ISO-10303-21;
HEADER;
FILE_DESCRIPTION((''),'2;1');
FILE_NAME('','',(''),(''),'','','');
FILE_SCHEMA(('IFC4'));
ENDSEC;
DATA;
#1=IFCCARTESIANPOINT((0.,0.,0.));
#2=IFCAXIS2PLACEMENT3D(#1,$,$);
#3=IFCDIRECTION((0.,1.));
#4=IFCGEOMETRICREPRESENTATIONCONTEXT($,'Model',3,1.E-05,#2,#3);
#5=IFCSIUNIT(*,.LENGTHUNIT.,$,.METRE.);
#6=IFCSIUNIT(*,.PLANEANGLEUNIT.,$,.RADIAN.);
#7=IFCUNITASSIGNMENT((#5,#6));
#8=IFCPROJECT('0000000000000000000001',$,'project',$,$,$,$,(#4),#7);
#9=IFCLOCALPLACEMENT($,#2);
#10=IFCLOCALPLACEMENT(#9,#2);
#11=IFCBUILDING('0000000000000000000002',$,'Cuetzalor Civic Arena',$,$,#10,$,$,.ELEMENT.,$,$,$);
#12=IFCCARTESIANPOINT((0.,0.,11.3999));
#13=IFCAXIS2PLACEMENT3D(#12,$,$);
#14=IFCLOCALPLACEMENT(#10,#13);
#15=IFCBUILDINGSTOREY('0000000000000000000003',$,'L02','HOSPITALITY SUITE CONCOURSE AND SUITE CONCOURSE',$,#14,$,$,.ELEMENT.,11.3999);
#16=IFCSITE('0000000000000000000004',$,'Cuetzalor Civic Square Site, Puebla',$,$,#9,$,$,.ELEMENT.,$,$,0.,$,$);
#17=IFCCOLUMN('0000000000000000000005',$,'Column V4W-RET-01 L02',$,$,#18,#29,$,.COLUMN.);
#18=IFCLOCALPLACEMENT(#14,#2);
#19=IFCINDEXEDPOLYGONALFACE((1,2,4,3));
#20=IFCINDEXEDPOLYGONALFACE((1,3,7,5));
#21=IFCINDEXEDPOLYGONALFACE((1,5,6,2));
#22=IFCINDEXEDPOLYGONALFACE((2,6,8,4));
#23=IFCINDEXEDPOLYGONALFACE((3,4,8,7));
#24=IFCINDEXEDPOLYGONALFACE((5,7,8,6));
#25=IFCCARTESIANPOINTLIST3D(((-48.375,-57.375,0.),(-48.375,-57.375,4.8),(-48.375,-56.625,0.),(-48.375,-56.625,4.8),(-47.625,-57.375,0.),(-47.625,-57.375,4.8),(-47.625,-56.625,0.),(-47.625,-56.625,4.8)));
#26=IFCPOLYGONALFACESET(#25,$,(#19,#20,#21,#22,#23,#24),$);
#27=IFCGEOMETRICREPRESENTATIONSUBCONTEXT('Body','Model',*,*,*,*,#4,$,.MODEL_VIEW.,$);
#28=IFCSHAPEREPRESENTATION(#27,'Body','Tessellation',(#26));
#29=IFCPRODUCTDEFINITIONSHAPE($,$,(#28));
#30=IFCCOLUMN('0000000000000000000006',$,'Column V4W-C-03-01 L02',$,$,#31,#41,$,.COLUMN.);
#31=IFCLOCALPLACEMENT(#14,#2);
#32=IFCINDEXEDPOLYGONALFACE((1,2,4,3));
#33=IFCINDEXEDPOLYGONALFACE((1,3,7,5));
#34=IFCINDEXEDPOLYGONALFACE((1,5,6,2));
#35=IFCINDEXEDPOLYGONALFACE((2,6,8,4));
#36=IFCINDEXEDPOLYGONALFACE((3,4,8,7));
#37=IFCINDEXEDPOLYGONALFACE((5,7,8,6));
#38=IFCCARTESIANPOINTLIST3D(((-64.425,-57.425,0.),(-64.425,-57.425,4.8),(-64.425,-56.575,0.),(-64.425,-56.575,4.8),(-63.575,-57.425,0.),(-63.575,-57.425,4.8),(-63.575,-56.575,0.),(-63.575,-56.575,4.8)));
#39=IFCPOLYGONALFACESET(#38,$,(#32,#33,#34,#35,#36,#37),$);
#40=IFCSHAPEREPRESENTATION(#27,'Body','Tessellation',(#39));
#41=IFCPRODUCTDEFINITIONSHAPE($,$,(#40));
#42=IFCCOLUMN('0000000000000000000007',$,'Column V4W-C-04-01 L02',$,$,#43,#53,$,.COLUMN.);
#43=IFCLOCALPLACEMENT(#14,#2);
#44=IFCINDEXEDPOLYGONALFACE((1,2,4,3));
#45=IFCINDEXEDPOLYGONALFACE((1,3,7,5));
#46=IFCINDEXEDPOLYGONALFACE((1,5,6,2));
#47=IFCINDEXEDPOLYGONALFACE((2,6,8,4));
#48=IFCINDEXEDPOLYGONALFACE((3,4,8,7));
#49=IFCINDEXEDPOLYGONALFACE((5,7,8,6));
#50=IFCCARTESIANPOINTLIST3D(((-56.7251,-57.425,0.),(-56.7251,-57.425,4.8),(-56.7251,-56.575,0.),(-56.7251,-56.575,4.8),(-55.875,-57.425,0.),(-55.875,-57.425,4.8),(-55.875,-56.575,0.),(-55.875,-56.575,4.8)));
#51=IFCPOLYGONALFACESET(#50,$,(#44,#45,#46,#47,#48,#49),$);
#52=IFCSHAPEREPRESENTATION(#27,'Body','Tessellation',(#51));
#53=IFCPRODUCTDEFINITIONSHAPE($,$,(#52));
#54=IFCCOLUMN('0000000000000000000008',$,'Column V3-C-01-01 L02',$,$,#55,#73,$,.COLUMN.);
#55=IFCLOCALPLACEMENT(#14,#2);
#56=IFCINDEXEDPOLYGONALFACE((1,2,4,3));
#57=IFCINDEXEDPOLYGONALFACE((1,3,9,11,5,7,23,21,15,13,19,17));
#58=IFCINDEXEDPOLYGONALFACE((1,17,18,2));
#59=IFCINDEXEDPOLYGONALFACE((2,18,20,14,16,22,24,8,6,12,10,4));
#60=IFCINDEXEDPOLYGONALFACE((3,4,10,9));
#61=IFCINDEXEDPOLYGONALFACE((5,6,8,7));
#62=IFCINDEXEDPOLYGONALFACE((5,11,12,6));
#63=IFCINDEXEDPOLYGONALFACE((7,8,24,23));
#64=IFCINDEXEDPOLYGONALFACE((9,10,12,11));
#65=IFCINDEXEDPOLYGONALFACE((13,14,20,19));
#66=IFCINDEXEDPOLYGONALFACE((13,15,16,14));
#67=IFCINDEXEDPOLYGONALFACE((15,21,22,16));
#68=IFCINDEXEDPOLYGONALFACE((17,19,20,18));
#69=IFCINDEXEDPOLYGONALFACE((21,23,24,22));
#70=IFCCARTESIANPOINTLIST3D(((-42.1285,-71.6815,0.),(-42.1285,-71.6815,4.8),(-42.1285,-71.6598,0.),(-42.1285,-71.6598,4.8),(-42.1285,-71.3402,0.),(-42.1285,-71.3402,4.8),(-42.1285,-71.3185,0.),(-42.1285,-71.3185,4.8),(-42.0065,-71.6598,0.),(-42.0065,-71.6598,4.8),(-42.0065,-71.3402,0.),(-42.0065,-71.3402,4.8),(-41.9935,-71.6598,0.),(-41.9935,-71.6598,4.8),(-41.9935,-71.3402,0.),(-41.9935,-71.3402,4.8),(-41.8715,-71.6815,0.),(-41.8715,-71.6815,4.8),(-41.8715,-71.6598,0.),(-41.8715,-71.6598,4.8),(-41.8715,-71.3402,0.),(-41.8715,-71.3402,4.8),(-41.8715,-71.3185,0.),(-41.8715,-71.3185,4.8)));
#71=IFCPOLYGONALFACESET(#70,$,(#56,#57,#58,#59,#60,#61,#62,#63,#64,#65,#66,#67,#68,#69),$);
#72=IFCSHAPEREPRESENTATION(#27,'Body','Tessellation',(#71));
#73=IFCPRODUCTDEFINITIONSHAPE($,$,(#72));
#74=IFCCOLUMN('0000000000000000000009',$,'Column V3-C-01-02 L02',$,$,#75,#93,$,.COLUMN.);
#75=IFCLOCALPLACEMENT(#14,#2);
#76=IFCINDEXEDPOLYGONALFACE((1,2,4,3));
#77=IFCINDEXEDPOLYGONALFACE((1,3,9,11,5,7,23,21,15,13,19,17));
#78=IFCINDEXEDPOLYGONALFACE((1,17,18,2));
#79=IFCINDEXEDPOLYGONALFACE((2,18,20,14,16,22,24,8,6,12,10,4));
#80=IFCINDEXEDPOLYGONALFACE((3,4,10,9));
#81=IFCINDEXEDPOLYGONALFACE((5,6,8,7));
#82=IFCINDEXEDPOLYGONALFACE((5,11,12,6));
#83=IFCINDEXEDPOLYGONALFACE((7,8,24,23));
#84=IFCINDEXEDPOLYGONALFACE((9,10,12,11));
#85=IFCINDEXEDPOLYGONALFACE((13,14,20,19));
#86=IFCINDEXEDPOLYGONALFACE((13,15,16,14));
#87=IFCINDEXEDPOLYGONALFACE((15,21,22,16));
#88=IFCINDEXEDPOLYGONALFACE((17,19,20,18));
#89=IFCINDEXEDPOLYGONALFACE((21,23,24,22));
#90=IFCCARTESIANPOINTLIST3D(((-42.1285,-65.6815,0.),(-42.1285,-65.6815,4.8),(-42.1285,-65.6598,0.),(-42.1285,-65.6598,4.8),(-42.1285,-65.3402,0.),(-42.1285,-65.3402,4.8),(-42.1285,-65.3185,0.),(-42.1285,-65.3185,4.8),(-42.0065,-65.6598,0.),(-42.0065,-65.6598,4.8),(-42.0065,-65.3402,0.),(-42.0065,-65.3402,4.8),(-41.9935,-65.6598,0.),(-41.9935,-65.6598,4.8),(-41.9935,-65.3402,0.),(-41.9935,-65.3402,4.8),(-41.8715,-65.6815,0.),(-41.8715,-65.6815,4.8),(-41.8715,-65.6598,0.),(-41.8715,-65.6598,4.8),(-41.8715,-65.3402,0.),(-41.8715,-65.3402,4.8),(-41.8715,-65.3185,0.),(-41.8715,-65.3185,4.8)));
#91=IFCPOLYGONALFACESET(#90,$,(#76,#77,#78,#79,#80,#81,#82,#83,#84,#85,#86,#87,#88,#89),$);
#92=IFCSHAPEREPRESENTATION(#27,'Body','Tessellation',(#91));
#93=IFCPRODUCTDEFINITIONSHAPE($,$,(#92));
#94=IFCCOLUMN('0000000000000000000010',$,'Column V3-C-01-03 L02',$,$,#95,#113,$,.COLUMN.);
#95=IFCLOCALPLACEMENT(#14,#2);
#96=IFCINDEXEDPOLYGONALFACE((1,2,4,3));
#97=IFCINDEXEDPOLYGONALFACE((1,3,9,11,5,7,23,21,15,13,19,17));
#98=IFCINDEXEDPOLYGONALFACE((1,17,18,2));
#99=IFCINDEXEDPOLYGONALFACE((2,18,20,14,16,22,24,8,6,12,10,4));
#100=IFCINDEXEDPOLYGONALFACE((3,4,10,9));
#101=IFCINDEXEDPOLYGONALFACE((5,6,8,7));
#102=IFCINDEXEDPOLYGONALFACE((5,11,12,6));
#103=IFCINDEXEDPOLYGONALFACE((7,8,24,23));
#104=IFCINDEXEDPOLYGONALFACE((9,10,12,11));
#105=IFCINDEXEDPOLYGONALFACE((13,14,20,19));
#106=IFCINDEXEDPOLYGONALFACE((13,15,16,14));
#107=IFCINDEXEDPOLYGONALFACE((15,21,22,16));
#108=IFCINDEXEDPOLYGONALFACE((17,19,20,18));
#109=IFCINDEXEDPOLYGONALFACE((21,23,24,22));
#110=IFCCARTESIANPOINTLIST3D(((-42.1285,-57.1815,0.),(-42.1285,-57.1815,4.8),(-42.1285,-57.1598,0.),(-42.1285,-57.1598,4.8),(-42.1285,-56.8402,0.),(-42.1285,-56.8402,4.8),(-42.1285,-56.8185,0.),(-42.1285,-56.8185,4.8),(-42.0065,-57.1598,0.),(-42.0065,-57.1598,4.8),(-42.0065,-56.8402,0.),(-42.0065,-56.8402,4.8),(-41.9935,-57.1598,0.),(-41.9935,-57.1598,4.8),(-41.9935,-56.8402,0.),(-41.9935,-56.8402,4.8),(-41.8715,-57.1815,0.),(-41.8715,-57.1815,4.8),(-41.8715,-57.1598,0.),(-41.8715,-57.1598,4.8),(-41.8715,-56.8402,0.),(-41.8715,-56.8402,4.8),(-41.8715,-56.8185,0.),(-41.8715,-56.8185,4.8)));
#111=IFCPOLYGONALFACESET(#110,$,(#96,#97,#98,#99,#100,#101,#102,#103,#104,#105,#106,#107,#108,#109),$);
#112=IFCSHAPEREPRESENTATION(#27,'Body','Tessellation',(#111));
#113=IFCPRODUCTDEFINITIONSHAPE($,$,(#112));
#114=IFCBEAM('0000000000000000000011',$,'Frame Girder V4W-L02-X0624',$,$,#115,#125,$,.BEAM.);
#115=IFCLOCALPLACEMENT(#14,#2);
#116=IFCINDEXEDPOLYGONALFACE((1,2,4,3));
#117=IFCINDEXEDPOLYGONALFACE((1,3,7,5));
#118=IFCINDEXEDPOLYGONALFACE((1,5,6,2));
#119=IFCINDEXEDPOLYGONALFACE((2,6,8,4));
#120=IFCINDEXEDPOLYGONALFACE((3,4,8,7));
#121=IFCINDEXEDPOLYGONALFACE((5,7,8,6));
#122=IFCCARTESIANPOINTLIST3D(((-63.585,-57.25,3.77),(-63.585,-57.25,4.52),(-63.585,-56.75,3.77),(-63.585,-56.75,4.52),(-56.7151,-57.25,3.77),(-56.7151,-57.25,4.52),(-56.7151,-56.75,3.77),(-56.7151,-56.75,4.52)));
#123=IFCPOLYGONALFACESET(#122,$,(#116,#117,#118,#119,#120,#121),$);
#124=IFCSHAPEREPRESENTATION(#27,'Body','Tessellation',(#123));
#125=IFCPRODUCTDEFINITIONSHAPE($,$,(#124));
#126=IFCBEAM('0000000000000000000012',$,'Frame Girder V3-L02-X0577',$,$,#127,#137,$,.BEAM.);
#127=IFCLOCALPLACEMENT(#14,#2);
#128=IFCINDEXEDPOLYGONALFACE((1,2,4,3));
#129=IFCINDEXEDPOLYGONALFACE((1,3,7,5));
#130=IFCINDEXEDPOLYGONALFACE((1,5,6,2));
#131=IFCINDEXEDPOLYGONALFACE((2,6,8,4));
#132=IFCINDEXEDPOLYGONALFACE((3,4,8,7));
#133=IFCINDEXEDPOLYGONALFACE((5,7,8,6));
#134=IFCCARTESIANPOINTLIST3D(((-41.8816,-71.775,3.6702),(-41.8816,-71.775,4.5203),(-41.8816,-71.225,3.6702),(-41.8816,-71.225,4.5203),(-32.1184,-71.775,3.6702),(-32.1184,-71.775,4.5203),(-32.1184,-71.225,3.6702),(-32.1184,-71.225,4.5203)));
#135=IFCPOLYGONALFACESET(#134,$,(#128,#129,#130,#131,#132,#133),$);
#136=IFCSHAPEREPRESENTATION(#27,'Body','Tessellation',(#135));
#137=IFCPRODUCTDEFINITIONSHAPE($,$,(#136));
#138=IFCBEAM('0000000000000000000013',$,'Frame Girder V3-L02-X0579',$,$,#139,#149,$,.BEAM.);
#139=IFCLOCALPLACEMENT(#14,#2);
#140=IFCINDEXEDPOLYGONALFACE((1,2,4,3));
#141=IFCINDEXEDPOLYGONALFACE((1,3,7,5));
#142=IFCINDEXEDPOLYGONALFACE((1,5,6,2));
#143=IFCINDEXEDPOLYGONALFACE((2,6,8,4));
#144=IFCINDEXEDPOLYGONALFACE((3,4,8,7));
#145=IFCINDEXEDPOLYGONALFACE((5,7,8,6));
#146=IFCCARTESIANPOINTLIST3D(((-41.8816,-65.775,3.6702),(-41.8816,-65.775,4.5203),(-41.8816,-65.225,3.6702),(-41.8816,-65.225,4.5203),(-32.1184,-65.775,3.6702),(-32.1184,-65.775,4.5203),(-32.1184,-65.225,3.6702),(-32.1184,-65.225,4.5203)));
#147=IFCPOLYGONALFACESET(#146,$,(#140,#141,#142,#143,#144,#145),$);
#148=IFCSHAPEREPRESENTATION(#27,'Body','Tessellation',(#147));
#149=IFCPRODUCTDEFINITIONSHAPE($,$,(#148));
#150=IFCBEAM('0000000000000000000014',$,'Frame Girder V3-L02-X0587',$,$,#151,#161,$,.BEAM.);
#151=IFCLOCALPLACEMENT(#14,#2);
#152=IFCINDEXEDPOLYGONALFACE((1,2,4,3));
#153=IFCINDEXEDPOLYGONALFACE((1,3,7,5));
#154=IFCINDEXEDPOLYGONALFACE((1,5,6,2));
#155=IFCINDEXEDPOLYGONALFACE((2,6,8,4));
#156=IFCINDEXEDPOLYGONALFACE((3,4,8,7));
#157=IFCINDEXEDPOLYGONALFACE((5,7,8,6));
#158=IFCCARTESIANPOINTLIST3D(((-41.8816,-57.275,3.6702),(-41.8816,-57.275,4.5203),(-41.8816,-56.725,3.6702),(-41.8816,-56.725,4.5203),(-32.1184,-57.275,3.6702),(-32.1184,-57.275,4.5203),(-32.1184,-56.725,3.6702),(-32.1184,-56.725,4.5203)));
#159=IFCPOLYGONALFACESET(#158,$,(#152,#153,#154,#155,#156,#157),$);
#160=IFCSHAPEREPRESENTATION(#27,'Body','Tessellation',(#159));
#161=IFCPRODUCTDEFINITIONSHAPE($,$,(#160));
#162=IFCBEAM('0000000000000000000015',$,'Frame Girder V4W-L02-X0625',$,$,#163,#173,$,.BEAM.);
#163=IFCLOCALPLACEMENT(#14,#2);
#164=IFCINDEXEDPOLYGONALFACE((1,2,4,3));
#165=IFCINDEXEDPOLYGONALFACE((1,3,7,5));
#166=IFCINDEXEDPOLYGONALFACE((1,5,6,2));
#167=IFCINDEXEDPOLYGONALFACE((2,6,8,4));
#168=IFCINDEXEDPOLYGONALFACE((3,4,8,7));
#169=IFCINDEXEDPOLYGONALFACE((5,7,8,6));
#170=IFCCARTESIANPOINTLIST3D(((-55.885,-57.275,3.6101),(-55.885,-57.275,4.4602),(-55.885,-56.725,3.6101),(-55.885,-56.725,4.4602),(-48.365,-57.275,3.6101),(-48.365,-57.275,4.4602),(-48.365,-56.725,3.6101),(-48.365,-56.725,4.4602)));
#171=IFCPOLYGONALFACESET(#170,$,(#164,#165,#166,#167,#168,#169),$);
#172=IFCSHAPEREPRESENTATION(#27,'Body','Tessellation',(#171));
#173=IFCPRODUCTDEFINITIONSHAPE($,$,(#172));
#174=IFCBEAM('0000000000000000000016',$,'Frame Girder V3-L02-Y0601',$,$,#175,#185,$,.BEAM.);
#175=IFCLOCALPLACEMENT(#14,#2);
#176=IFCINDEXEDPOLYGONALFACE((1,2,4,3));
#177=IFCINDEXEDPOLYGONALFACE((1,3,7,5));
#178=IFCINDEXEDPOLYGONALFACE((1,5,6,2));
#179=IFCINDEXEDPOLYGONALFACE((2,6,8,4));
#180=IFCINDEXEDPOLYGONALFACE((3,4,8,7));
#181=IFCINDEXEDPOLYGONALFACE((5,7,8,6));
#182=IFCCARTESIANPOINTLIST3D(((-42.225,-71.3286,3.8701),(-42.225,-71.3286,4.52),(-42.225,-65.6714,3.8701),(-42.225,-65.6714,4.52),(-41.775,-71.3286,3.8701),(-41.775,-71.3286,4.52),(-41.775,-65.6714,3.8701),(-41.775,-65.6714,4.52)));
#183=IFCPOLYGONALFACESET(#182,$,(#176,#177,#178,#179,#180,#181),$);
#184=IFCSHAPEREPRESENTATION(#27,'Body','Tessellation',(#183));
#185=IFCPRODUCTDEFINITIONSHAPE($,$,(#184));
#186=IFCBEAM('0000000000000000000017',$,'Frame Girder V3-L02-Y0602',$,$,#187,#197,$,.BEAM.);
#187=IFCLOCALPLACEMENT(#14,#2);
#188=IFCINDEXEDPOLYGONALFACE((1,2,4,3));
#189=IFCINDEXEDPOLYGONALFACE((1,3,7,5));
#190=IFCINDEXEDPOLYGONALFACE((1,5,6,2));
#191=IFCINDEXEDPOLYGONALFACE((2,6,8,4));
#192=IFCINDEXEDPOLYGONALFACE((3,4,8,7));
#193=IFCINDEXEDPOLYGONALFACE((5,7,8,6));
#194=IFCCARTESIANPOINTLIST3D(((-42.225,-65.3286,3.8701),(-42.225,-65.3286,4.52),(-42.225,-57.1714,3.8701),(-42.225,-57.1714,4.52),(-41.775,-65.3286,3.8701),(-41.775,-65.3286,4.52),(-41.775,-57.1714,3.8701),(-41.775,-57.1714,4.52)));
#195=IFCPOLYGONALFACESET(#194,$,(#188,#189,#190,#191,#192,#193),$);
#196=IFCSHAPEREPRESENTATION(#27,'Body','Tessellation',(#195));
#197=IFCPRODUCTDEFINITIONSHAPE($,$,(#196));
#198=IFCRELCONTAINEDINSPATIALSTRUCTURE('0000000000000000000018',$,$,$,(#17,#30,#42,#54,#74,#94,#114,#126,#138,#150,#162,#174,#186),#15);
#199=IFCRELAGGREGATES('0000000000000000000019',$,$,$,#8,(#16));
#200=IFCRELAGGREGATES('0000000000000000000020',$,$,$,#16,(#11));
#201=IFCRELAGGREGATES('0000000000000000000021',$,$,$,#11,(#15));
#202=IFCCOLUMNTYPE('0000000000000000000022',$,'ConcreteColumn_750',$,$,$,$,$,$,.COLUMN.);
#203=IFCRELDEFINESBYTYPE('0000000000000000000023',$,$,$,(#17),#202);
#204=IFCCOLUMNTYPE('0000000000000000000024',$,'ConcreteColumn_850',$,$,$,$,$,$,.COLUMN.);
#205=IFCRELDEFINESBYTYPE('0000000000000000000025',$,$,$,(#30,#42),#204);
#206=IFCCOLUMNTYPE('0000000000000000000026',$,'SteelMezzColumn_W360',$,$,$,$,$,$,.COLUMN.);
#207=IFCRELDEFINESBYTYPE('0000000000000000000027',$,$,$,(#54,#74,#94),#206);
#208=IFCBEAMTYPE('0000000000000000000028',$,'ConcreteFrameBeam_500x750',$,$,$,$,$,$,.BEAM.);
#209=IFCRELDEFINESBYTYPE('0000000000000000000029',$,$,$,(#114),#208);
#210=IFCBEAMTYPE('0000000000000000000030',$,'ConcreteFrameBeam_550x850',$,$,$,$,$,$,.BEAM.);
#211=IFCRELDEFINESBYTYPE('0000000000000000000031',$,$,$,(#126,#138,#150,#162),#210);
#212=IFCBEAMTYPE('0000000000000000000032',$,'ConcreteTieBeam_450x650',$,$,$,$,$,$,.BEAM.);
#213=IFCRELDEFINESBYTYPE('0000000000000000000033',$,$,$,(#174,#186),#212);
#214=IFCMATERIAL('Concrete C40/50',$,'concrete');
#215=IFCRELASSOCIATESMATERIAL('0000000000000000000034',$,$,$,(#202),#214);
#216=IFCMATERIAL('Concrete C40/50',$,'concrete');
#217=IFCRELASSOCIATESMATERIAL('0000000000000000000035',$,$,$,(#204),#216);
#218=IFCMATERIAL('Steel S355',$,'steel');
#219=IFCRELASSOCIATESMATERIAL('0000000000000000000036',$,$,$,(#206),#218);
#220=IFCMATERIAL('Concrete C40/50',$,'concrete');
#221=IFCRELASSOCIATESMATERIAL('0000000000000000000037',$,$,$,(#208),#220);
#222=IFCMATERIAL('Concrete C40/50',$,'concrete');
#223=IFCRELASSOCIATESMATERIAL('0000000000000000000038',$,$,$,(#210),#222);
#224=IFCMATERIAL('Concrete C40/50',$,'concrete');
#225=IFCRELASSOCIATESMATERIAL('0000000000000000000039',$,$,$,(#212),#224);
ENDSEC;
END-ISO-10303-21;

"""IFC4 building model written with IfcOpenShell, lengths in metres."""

from ifc_helpers import new_model, si_unit, direction, frame, origin, origin_2d, place, context, subcontext, project, spatial, rectangle, i_section, extrude, material, material_profile, profile_set, type_object, element, save


model = new_model("IFC4")

# Units and contexts
model_context = context("Model", 3, precision=1e-05, world=origin(), true_north=direction((0.0, 1.0)))
body_context = subcontext(model_context, "Body", "Model", "MODEL_VIEW")
ifc_project = project(units=[si_unit("LENGTHUNIT", "METRE"), si_unit("PLANEANGLEUNIT", "RADIAN")], contexts=[model_context])

# Site, building, storey
site_placement = place(None, origin())
site = spatial("IfcSite", under=ifc_project, at=site_placement, Name="Cuetzalor Civic Square Site, Puebla", CompositionType="ELEMENT", RefElevation=0.0)
building_placement = place(site_placement, origin())
building = spatial("IfcBuilding", under=site, at=building_placement, Name="Cuetzalor Civic Arena", CompositionType="ELEMENT")
storey_placement = place(building_placement, frame((0.0, 0.0, 11.3999)))
storey = spatial("IfcBuildingStorey", under=building, at=storey_placement, Name="L02", Description="HOSPITALITY SUITE CONCOURSE AND SUITE CONCOURSE", CompositionType="ELEMENT", Elevation=11.3999)

# Columns
ifc_material_1 = material(Name="Concrete C40/50", Category="concrete")
ifc_material_profile_1 = material_profile(ifc_material_1, rectangle(XDim=0.75, YDim=0.75, at=origin_2d()), Name="RC 750x750")
ifc_profile_set_1 = profile_set([ifc_material_profile_1], Name="Concrete C40/50")
column_type_1 = type_object("IfcColumnType", Name="ConcreteColumn_750", PredefinedType="COLUMN", material=ifc_profile_set_1)
column_placement = place(storey_placement, frame((-48.0, -57.0, 0.0), z_axis=(0.0, 0.0, 1.0), x_axis=(1.0, 0.0, 0.0)))
element("IfcColumn", 1, at=column_placement, inside=storey, type_object=column_type_1, Name="Column V4W-RET-01 L02", PredefinedType="COLUMN", context=body_context, shape_type="SweptSolid", body=[
    extrude(rectangle(XDim=0.75, YDim=0.75, at=origin_2d()), origin(), (0.0, 0.0, 1.0), 4.8),
])
ifc_material_2 = material(Name="Concrete C40/50", Category="concrete")
ifc_material_profile_2 = material_profile(ifc_material_2, rectangle(XDim=0.8501, YDim=0.8501, at=origin_2d()), Name="RC 850x850")
ifc_profile_set_2 = profile_set([ifc_material_profile_2], Name="Concrete C40/50")
column_type_2 = type_object("IfcColumnType", Name="ConcreteColumn_850", PredefinedType="COLUMN", material=ifc_profile_set_2)
for number, where, z_axis, x_axis, name in (
    (2, (-64.0, -57.0, 0.0), (0.0, 0.0, 1.0), (1.0, 0.0, 0.0), "Column V4W-C-03-01 L02"),
    (3, (-56.3, -57.0, 0.0), (0.0, 0.0, 1.0), (1.0, 0.0, 0.0), "Column V4W-C-04-01 L02"),
):
    element("IfcColumn", number, at=place(storey_placement, frame(where, z_axis=z_axis, x_axis=x_axis)), inside=storey, type_object=column_type_2, Name=name, PredefinedType="COLUMN", context=body_context, shape_type="SweptSolid", body=[
        extrude(rectangle(XDim=0.8501, YDim=0.8501, at=origin_2d()), origin(), (0.0, 0.0, 1.0), 4.8),
    ])
ifc_material_3 = material(Name="Steel S355", Category="steel")
ifc_material_profile_3 = material_profile(ifc_material_3, i_section(OverallWidth=0.2571, OverallDepth=0.363, WebThickness=0.0129, FlangeThickness=0.0217, at=origin_2d()), Name="W360x122")
ifc_profile_set_3 = profile_set([ifc_material_profile_3], Name="Steel S355")
column_type_3 = type_object("IfcColumnType", Name="SteelMezzColumn_W360", PredefinedType="COLUMN", material=ifc_profile_set_3)
for number, where, z_axis, x_axis, name in (
    (4, (-42.0, -71.5, 0.0), (0.0, 0.0, 1.0), (1.0, 0.0, 0.0), "Column V3-C-01-01 L02"),
    (5, (-42.0, -65.5, 0.0), (0.0, 0.0, 1.0), (1.0, 0.0, 0.0), "Column V3-C-01-02 L02"),
    (6, (-42.0, -57.0, 0.0), (0.0, 0.0, 1.0), (1.0, 0.0, 0.0), "Column V3-C-01-03 L02"),
):
    element("IfcColumn", number, at=place(storey_placement, frame(where, z_axis=z_axis, x_axis=x_axis)), inside=storey, type_object=column_type_3, Name=name, PredefinedType="COLUMN", context=body_context, shape_type="SweptSolid", body=[
        extrude(i_section(OverallWidth=0.2571, OverallDepth=0.363, WebThickness=0.0129, FlangeThickness=0.0217, at=origin_2d()), origin(), (0.0, 0.0, 1.0), 4.8),
    ])

# Beams
ifc_material_4 = material(Name="Concrete C40/50", Category="concrete")
ifc_material_profile_4 = material_profile(ifc_material_4, rectangle(XDim=0.5, YDim=0.75, at=origin_2d()), Name="RC 500x750")
ifc_profile_set_4 = profile_set([ifc_material_profile_4], Name="Concrete C40/50")
beam_type_1 = type_object("IfcBeamType", Name="ConcreteFrameBeam_500x750", PredefinedType="BEAM", material=ifc_profile_set_4)
beam_1_placement = place(storey_placement, frame((-63.585, -57.0, 4.145), z_axis=(1.0, 0.0, 0.0), x_axis=(0.0, 1.0, 0.0)))
element("IfcBeam", 7, at=beam_1_placement, inside=storey, type_object=beam_type_1, Name="Frame Girder V4W-L02-X0624", PredefinedType="BEAM", context=body_context, shape_type="SweptSolid", body=[
    extrude(rectangle(XDim=0.5, YDim=0.75, at=origin_2d()), origin(), (0.0, 0.0, 1.0), 6.8699),
])
ifc_material_5 = material(Name="Concrete C40/50", Category="concrete")
ifc_material_profile_5 = material_profile(ifc_material_5, rectangle(XDim=0.55, YDim=0.8501, at=origin_2d()), Name="RC 550x850")
ifc_profile_set_5 = profile_set([ifc_material_profile_5], Name="Concrete C40/50")
beam_type_2 = type_object("IfcBeamType", Name="ConcreteFrameBeam_550x850", PredefinedType="BEAM", material=ifc_profile_set_5)
for number, where, z_axis, x_axis, name in (
    (8, (-41.8816, -71.5, 4.0952), (1.0, 0.0, 0.0), (0.0, 1.0, 0.0), "Frame Girder V3-L02-X0577"),
    (9, (-41.8816, -65.5, 4.0952), (1.0, 0.0, 0.0), (0.0, 1.0, 0.0), "Frame Girder V3-L02-X0579"),
    (10, (-41.8816, -57.0, 4.0952), (1.0, 0.0, 0.0), (0.0, 1.0, 0.0), "Frame Girder V3-L02-X0587"),
):
    element("IfcBeam", number, at=place(storey_placement, frame(where, z_axis=z_axis, x_axis=x_axis)), inside=storey, type_object=beam_type_2, Name=name, PredefinedType="BEAM", context=body_context, shape_type="SweptSolid", body=[
        extrude(rectangle(XDim=0.55, YDim=0.8501, at=origin_2d()), origin(), (0.0, 0.0, 1.0), 9.7632),
    ])
beam_2_placement = place(storey_placement, frame((-55.885, -57.0, 4.0352), z_axis=(1.0, 0.0, 0.0), x_axis=(0.0, 1.0, 0.0)))
element("IfcBeam", 11, at=beam_2_placement, inside=storey, type_object=beam_type_2, Name="Frame Girder V4W-L02-X0625", PredefinedType="BEAM", context=body_context, shape_type="SweptSolid", body=[
    extrude(rectangle(XDim=0.55, YDim=0.8501, at=origin_2d()), origin(), (0.0, 0.0, 1.0), 7.52),
])
ifc_material_6 = material(Name="Concrete C40/50", Category="concrete")
ifc_material_profile_6 = material_profile(ifc_material_6, rectangle(XDim=0.45, YDim=0.6499, at=origin_2d()), Name="RC 450x650")
ifc_profile_set_6 = profile_set([ifc_material_profile_6], Name="Concrete C40/50")
beam_type_3 = type_object("IfcBeamType", Name="ConcreteTieBeam_450x650", PredefinedType="BEAM", material=ifc_profile_set_6)
beam_3_placement = place(storey_placement, frame((-42.0, -71.3286, 4.1951), z_axis=(0.0, 1.0, 0.0), x_axis=(-1.0, 0.0, 0.0)))
element("IfcBeam", 12, at=beam_3_placement, inside=storey, type_object=beam_type_3, Name="Frame Girder V3-L02-Y0601", PredefinedType="BEAM", context=body_context, shape_type="SweptSolid", body=[
    extrude(rectangle(XDim=0.45, YDim=0.6499, at=origin_2d()), origin(), (0.0, 0.0, 1.0), 5.6572),
])
beam_4_placement = place(storey_placement, frame((-42.0, -65.3286, 4.1951), z_axis=(0.0, 1.0, 0.0), x_axis=(-1.0, 0.0, 0.0)))
element("IfcBeam", 13, at=beam_4_placement, inside=storey, type_object=beam_type_3, Name="Frame Girder V3-L02-Y0602", PredefinedType="BEAM", context=body_context, shape_type="SweptSolid", body=[
    extrude(rectangle(XDim=0.45, YDim=0.6499, at=origin_2d()), origin(), (0.0, 0.0, 1.0), 8.1572),
])

save(model, "model.ifc")
